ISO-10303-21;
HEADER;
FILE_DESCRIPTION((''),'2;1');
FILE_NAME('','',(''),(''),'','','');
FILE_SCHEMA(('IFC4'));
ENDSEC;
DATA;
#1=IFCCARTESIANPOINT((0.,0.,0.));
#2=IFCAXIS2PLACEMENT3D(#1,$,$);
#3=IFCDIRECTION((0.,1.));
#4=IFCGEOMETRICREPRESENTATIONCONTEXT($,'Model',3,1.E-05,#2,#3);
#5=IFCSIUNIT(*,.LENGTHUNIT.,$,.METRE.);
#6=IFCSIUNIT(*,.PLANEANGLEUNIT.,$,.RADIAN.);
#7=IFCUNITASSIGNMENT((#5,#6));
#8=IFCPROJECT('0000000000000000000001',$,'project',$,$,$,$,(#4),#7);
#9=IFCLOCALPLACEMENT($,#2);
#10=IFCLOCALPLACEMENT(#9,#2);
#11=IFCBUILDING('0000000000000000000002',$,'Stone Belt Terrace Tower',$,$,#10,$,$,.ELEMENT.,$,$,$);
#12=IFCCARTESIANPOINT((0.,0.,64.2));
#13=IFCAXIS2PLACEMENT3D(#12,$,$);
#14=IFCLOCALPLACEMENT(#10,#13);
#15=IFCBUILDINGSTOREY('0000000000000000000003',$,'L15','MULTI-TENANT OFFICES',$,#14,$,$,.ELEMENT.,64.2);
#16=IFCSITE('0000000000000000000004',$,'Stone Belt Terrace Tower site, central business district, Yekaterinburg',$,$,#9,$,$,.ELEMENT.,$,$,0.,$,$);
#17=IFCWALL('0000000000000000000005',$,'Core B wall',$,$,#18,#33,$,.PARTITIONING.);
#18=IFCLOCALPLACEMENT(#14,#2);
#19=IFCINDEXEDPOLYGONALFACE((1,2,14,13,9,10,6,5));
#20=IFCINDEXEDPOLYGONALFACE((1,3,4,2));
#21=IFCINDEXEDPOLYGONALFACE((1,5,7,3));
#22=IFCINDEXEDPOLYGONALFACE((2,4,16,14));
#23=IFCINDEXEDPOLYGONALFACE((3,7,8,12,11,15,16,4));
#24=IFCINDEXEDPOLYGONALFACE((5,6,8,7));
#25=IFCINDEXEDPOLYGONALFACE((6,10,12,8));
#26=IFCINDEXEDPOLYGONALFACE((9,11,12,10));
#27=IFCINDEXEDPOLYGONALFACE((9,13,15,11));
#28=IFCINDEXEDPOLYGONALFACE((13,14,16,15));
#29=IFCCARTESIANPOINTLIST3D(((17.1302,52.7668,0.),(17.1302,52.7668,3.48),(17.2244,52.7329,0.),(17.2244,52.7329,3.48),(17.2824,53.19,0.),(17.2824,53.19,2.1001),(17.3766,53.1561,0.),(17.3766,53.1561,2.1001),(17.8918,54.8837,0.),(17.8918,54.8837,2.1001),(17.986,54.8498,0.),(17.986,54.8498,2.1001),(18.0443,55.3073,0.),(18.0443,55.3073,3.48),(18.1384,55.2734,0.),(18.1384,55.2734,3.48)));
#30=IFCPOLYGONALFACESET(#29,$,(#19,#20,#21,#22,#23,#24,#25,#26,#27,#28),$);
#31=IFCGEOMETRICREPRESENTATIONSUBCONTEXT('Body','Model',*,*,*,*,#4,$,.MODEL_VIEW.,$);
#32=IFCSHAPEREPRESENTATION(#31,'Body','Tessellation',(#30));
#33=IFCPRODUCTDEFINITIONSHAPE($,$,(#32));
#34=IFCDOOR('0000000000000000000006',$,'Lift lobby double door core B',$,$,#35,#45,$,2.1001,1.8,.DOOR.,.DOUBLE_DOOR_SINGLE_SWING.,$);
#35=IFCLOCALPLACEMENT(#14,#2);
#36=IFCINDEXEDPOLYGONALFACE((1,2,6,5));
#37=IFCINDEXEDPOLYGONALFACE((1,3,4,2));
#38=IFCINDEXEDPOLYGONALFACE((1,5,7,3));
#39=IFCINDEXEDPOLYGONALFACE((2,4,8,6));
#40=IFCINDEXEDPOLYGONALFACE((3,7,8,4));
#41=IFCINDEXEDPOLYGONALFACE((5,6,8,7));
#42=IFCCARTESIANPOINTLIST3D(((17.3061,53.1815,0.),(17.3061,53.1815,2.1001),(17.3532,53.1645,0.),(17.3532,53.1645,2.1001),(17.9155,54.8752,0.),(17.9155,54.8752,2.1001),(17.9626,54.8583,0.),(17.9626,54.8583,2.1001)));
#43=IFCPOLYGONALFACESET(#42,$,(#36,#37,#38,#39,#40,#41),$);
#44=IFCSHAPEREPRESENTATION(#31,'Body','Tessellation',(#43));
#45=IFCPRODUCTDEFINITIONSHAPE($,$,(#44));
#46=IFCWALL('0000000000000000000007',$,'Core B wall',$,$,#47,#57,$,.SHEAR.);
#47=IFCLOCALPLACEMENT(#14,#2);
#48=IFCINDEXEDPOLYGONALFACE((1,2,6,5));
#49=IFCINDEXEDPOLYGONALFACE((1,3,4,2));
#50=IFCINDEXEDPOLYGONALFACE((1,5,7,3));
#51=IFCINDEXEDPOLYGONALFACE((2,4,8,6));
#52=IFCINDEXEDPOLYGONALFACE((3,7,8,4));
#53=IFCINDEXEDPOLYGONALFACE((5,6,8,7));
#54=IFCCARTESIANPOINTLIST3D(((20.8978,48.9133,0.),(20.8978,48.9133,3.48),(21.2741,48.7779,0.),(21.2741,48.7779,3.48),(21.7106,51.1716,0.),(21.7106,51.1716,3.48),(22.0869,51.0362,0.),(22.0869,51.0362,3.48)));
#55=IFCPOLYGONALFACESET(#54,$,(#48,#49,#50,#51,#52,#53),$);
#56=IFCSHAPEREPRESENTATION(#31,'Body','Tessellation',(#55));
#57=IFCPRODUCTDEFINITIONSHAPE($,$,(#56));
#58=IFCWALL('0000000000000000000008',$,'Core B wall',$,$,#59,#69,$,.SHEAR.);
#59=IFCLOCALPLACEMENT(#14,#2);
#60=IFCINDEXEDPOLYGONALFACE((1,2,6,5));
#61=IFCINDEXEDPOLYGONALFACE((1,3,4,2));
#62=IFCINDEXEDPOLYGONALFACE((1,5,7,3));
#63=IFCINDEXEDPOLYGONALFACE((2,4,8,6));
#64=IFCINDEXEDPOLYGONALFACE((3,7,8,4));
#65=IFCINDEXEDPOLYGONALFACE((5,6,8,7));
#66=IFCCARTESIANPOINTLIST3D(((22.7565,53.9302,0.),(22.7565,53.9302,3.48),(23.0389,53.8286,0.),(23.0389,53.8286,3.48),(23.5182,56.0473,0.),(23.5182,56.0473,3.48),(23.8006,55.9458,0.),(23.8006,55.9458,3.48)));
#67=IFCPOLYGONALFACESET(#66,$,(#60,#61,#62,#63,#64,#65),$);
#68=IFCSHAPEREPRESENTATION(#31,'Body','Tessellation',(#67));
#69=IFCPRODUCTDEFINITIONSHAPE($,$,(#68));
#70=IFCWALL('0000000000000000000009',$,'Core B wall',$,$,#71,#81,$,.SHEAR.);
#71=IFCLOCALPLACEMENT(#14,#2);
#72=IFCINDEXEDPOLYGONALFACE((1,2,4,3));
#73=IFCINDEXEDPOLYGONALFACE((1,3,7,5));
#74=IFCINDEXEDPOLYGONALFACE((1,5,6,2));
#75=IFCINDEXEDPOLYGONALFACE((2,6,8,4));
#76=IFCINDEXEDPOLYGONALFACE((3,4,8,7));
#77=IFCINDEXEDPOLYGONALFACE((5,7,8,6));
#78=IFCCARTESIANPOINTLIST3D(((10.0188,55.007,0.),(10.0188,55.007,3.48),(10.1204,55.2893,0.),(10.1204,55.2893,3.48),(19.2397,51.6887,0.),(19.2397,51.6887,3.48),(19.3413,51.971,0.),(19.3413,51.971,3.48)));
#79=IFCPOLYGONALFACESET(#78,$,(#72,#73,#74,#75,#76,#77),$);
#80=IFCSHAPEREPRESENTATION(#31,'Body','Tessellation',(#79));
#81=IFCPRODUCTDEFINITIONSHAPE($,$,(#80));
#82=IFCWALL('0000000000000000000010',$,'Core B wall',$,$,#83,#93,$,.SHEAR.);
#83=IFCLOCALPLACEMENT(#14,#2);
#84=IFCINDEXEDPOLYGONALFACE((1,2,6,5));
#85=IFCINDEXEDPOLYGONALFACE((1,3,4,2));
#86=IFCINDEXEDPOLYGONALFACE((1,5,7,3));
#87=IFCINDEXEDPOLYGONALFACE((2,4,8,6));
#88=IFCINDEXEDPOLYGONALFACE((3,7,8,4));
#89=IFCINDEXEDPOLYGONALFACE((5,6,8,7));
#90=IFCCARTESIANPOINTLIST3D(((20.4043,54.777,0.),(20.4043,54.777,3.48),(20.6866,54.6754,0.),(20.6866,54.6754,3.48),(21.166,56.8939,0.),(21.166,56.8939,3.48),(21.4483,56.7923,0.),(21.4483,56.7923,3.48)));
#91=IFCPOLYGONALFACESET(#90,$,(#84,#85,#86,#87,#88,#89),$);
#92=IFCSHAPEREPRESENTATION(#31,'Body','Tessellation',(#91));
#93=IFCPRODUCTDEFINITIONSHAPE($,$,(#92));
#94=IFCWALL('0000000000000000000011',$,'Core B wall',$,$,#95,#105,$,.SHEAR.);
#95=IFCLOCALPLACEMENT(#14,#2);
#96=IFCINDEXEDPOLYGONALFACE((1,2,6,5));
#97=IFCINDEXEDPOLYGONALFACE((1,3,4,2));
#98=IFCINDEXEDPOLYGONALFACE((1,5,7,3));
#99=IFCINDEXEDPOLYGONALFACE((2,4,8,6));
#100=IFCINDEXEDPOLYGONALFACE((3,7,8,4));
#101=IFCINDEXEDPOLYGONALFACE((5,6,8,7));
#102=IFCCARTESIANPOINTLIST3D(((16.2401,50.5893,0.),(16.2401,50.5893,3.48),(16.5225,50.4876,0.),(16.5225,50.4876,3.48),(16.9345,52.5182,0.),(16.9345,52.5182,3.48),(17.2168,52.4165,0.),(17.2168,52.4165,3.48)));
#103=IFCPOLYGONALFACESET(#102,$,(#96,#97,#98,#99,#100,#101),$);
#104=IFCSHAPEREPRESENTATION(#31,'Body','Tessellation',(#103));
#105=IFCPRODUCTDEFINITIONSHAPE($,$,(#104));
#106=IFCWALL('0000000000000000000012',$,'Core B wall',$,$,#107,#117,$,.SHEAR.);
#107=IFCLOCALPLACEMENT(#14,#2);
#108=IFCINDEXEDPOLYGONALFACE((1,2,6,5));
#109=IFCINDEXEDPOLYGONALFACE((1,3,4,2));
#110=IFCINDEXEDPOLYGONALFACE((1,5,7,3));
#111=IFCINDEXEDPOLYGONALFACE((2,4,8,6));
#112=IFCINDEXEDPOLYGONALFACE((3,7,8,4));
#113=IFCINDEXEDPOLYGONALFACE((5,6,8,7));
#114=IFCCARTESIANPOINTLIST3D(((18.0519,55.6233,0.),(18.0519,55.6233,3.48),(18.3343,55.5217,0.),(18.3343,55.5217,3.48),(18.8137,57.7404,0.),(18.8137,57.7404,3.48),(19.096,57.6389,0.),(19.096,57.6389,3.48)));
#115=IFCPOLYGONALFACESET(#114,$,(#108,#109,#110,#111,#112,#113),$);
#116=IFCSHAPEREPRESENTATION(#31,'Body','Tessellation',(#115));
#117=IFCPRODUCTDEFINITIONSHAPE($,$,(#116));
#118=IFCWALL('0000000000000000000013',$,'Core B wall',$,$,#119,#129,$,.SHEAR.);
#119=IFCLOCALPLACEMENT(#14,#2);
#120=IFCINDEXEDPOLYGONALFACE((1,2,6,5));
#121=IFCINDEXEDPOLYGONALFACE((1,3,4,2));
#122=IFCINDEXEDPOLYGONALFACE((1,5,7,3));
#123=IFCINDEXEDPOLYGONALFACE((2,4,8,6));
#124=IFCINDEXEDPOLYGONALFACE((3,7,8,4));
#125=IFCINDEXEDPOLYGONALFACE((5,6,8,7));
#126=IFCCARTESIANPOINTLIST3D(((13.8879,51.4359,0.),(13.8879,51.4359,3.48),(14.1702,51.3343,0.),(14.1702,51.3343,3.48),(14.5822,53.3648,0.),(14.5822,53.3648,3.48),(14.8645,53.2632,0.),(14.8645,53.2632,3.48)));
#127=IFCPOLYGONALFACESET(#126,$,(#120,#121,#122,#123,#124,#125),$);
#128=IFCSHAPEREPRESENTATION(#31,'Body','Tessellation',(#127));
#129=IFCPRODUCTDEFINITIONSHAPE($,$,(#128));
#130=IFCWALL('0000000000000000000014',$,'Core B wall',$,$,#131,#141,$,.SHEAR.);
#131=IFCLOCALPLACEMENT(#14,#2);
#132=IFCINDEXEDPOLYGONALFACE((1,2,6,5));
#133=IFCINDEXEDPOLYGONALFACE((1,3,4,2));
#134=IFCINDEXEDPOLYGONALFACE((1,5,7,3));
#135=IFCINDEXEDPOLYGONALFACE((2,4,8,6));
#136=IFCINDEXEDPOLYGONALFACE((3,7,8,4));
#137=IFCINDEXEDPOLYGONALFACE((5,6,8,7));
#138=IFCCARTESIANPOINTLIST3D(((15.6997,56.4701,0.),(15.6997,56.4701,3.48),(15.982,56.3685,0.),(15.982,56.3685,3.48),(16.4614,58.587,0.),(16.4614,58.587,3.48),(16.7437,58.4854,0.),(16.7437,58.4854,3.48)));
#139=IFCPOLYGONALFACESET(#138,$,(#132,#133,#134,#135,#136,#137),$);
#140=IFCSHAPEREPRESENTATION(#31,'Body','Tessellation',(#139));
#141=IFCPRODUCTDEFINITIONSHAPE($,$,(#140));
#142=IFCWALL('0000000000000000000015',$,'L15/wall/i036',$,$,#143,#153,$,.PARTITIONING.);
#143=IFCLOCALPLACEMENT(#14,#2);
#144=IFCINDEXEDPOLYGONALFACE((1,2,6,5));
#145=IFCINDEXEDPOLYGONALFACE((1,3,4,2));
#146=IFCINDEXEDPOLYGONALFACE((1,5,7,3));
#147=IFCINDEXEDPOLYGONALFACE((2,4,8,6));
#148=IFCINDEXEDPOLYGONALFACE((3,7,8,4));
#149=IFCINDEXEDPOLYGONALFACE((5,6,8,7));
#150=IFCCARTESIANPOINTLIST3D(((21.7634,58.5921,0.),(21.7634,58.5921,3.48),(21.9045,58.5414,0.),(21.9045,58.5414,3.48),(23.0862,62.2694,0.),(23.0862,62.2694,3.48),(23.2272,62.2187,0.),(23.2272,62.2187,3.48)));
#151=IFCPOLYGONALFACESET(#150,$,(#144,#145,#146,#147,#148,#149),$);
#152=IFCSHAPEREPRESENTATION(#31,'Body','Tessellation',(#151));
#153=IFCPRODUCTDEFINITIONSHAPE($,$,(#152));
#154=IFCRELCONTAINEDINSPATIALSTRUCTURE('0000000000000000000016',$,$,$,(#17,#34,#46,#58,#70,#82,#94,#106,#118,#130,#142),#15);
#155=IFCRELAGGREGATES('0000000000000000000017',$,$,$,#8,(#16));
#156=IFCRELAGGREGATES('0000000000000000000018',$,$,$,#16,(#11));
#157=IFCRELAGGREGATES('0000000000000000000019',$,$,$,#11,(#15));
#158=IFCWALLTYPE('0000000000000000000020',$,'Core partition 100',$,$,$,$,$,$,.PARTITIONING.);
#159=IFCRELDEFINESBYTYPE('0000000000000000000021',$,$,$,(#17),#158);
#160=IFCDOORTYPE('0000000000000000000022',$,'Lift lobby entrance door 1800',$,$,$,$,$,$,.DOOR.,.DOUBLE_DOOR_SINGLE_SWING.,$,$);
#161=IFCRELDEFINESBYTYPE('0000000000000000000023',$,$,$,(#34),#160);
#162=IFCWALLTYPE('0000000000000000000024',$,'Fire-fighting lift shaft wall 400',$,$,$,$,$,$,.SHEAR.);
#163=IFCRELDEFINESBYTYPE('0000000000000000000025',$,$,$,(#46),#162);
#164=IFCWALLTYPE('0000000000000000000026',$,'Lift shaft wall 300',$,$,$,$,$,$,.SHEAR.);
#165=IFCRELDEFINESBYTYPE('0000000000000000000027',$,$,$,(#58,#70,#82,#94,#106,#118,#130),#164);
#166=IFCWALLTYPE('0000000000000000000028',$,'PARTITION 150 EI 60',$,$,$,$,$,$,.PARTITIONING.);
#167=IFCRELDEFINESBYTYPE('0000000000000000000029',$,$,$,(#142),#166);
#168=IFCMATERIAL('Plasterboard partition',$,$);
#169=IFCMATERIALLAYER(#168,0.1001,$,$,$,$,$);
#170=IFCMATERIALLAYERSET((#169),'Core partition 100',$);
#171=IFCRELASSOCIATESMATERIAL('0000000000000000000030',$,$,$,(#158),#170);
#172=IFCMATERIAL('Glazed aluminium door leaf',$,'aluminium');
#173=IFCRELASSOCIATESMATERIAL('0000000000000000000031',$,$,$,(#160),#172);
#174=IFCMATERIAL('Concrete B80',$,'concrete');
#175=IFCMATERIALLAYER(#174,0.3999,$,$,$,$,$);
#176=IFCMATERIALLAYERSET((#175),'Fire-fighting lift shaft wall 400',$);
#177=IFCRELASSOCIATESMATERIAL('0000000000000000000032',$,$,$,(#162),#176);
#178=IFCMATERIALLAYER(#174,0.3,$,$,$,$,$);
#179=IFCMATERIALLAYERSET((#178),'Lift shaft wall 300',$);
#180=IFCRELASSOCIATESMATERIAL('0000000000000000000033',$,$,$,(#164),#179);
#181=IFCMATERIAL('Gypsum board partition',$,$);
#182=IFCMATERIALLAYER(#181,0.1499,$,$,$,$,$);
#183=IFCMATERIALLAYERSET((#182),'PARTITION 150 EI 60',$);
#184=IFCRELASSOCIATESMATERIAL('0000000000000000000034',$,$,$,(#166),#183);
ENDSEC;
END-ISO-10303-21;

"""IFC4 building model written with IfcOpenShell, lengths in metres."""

from ifc_helpers import new_model, si_unit, direction, frame, frame_2d, origin, place, context, subcontext, project, spatial, rectangle, extrude, material, layer, layer_set, type_object, element, fill, save


model = new_model("IFC4")

# Units and contexts
model_context = context("Model", 3, precision=1e-05, world=origin(), true_north=direction((0.0, 1.0)))
body_context = subcontext(model_context, "Body", "Model", "MODEL_VIEW")
ifc_project = project(units=[si_unit("LENGTHUNIT", "METRE"), si_unit("PLANEANGLEUNIT", "RADIAN")], contexts=[model_context])

# Site, building, storey
site_placement = place(None, origin())
site = spatial("IfcSite", under=ifc_project, at=site_placement, Name="Stone Belt Terrace Tower site, central business district, Yekaterinburg", CompositionType="ELEMENT", RefElevation=0.0)
building_placement = place(site_placement, origin())
building = spatial("IfcBuilding", under=site, at=building_placement, Name="Stone Belt Terrace Tower", CompositionType="ELEMENT")
storey_placement = place(building_placement, frame((0.0, 0.0, 64.2)))
storey = spatial("IfcBuildingStorey", under=building, at=storey_placement, Name="L15", Description="MULTI-TENANT OFFICES", CompositionType="ELEMENT", Elevation=64.2)

# Shared definitions
ifc_material_1 = material(Name="Concrete B80", Category="concrete")

# Wall, opening, door
ifc_material_2 = material(Name="Plasterboard partition")
ifc_layer_1 = layer(ifc_material_2, 0.1001)
ifc_layer_set_1 = layer_set([ifc_layer_1], Name="Core partition 100")
wall_type_1 = type_object("IfcWallType", Name="Core partition 100", PredefinedType="PARTITIONING", material=ifc_layer_set_1)
wall_1_placement = place(storey_placement, frame((17.1772, 52.7498, 0.0), z_axis=(0.0, 0.0, 1.0), x_axis=(0.338547, 0.94095, 0.0)))
wall_1 = element("IfcWall", 1, at=wall_1_placement, inside=storey, type_object=wall_type_1, Name="Core B wall", PredefinedType="PARTITIONING", context=body_context, shape_type="SweptSolid", body=[
    extrude(rectangle(XDim=2.7, YDim=0.1001, at=frame_2d((1.3501, 0.0))), origin(), (0.0, 0.0, 1.0), 3.48),
])
opening_1_placement = place(wall_1_placement, frame((0.45, 0.0, 0.0)))
opening_1 = element("IfcOpeningElement", 2, at=opening_1_placement, cuts=wall_1, PredefinedType="OPENING", context=body_context, shape_type="SweptSolid", body=[
    extrude(rectangle(XDim=1.8, YDim=2.1001, at=frame_2d((0.8999, 1.05))), frame((0.0, 0.0601, 0.0), z_axis=(0.0, -1.0, 0.0), x_axis=(1.0, 0.0, 0.0)), (0.0, 0.0, 1.0), 0.1201),
])
ifc_material_3 = material(Name="Glazed aluminium door leaf", Category="aluminium")
door_type_1 = type_object("IfcDoorType", Name="Lift lobby entrance door 1800", OperationType="DOUBLE_DOOR_SINGLE_SWING", PredefinedType="DOOR", material=ifc_material_3)
door_1_placement = place(opening_1_placement, origin())
door_1 = element("IfcDoor", 3, at=door_1_placement, inside=storey, type_object=door_type_1, Name="Lift lobby double door core B", OperationType="DOUBLE_DOOR_SINGLE_SWING", OverallHeight=2.1001, OverallWidth=1.8, PredefinedType="DOOR", context=body_context, shape_type="SweptSolid", body=[
    extrude(rectangle(XDim=1.8, YDim=2.1001, at=frame_2d((0.8999, 1.05))), frame((0.0, 0.0249, 0.0), z_axis=(0.0, -1.0, 0.0), x_axis=(1.0, 0.0, 0.0)), (0.0, 0.0, 1.0), 0.05),
])
fill(opening_1, door_1)

# Walls
ifc_layer_2 = layer(ifc_material_1, 0.3999)
ifc_layer_set_2 = layer_set([ifc_layer_2], Name="Fire-fighting lift shaft wall 400")
wall_type_2 = type_object("IfcWallType", Name="Fire-fighting lift shaft wall 400", PredefinedType="SHEAR", material=ifc_layer_set_2)
wall_2_placement = place(storey_placement, frame((21.0859, 48.8455, 0.0), z_axis=(0.0, 0.0, 1.0), x_axis=(0.338629, 0.94092, 0.0)))
element("IfcWall", 4, at=wall_2_placement, inside=storey, type_object=wall_type_2, Name="Core B wall", PredefinedType="SHEAR", context=body_context, shape_type="SweptSolid", body=[
    extrude(rectangle(XDim=2.4001, YDim=0.3999, at=frame_2d((1.2002, 0.0))), origin(), (0.0, 0.0, 1.0), 3.48),
])
ifc_layer_3 = layer(ifc_material_1, 0.3)
ifc_layer_set_3 = layer_set([ifc_layer_3], Name="Lift shaft wall 300")
wall_type_3 = type_object("IfcWallType", Name="Lift shaft wall 300", PredefinedType="SHEAR", material=ifc_layer_set_3)
wall_3_placement = place(storey_placement, frame((22.8977, 53.8794, 0.0), z_axis=(0.0, 0.0, 1.0), x_axis=(0.338535, 0.940954, 0.0)))
element("IfcWall", 5, at=wall_3_placement, inside=storey, type_object=wall_type_3, Name="Core B wall", PredefinedType="SHEAR", context=body_context, shape_type="SweptSolid", body=[
    extrude(rectangle(XDim=2.25, YDim=0.3, at=frame_2d((1.125, 0.0))), origin(), (0.0, 0.0, 1.0), 3.48),
])
wall_4_placement = place(storey_placement, frame((19.2905, 51.8298, 0.0), z_axis=(0.0, 0.0, 1.0), x_axis=(-0.940926, 0.338613, 0.0)))
element("IfcWall", 6, at=wall_4_placement, inside=storey, type_object=wall_type_3, Name="Core B wall", PredefinedType="SHEAR", context=body_context, shape_type="SweptSolid", body=[
    extrude(rectangle(XDim=9.7998, YDim=0.3, at=frame_2d((4.8999, 0.0))), origin(), (0.0, 0.0, 1.0), 3.48),
])
wall_5_placement = place(storey_placement, frame((20.5454, 54.7261, 0.0), z_axis=(0.0, 0.0, 1.0), x_axis=(0.33857, 0.940941, 0.0)))
element("IfcWall", 7, at=wall_5_placement, inside=storey, type_object=wall_type_3, Name="Core B wall", PredefinedType="SHEAR", context=body_context, shape_type="SweptSolid", body=[
    extrude(rectangle(XDim=2.2498, YDim=0.3, at=frame_2d((1.125, 0.0))), origin(), (0.0, 0.0, 1.0), 3.48),
])
wall_6_placement = place(storey_placement, frame((16.3813, 50.5386, 0.0), z_axis=(0.0, 0.0, 1.0), x_axis=(0.338682, 0.940901, 0.0)))
element("IfcWall", 8, at=wall_6_placement, inside=storey, type_object=wall_type_3, Name="Core B wall", PredefinedType="SHEAR", context=body_context, shape_type="SweptSolid", body=[
    extrude(rectangle(XDim=2.05, YDim=0.3, at=frame_2d((1.0249, 0.0))), origin(), (0.0, 0.0, 1.0), 3.48),
])
wall_7_placement = place(storey_placement, frame((18.1931, 55.5725, 0.0), z_axis=(0.0, 0.0, 1.0), x_axis=(0.338535, 0.940954, 0.0)))
element("IfcWall", 9, at=wall_7_placement, inside=storey, type_object=wall_type_3, Name="Core B wall", PredefinedType="SHEAR", context=body_context, shape_type="SweptSolid", body=[
    extrude(rectangle(XDim=2.25, YDim=0.3, at=frame_2d((1.125, 0.0))), origin(), (0.0, 0.0, 1.0), 3.48),
])
wall_8_placement = place(storey_placement, frame((14.0291, 51.3853, 0.0), z_axis=(0.0, 0.0, 1.0), x_axis=(0.338682, 0.940901, 0.0)))
element("IfcWall", 10, at=wall_8_placement, inside=storey, type_object=wall_type_3, Name="Core B wall", PredefinedType="SHEAR", context=body_context, shape_type="SweptSolid", body=[
    extrude(rectangle(XDim=2.05, YDim=0.3, at=frame_2d((1.0249, 0.0))), origin(), (0.0, 0.0, 1.0), 3.48),
])
wall_9_placement = place(storey_placement, frame((15.8408, 56.4192, 0.0), z_axis=(0.0, 0.0, 1.0), x_axis=(0.33857, 0.940941, 0.0)))
element("IfcWall", 11, at=wall_9_placement, inside=storey, type_object=wall_type_3, Name="Core B wall", PredefinedType="SHEAR", context=body_context, shape_type="SweptSolid", body=[
    extrude(rectangle(XDim=2.2498, YDim=0.3, at=frame_2d((1.125, 0.0))), origin(), (0.0, 0.0, 1.0), 3.48),
])
ifc_material_4 = material(Name="Gypsum board partition")
ifc_layer_4 = layer(ifc_material_4, 0.1499)
ifc_layer_set_4 = layer_set([ifc_layer_4], Name="PARTITION 150 EI 60")
wall_type_4 = type_object("IfcWallType", Name="PARTITION 150 EI 60", PredefinedType="PARTITIONING", material=ifc_layer_set_4)
wall_10_placement = place(storey_placement, frame((23.1567, 62.2441, 0.0), z_axis=(0.0, 0.0, 1.0), x_axis=(-0.338481, -0.940973, 0.0)))
element("IfcWall", 12, at=wall_10_placement, inside=storey, type_object=wall_type_4, Name="L15/wall/i036", PredefinedType="PARTITIONING", context=body_context, shape_type="SweptSolid", body=[
    extrude(rectangle(XDim=3.908, YDim=0.1499, at=frame_2d((1.9541, 0.0))), origin(), (0.0, 0.0, 1.0), 3.48),
])

save(model, "model.ifc")
